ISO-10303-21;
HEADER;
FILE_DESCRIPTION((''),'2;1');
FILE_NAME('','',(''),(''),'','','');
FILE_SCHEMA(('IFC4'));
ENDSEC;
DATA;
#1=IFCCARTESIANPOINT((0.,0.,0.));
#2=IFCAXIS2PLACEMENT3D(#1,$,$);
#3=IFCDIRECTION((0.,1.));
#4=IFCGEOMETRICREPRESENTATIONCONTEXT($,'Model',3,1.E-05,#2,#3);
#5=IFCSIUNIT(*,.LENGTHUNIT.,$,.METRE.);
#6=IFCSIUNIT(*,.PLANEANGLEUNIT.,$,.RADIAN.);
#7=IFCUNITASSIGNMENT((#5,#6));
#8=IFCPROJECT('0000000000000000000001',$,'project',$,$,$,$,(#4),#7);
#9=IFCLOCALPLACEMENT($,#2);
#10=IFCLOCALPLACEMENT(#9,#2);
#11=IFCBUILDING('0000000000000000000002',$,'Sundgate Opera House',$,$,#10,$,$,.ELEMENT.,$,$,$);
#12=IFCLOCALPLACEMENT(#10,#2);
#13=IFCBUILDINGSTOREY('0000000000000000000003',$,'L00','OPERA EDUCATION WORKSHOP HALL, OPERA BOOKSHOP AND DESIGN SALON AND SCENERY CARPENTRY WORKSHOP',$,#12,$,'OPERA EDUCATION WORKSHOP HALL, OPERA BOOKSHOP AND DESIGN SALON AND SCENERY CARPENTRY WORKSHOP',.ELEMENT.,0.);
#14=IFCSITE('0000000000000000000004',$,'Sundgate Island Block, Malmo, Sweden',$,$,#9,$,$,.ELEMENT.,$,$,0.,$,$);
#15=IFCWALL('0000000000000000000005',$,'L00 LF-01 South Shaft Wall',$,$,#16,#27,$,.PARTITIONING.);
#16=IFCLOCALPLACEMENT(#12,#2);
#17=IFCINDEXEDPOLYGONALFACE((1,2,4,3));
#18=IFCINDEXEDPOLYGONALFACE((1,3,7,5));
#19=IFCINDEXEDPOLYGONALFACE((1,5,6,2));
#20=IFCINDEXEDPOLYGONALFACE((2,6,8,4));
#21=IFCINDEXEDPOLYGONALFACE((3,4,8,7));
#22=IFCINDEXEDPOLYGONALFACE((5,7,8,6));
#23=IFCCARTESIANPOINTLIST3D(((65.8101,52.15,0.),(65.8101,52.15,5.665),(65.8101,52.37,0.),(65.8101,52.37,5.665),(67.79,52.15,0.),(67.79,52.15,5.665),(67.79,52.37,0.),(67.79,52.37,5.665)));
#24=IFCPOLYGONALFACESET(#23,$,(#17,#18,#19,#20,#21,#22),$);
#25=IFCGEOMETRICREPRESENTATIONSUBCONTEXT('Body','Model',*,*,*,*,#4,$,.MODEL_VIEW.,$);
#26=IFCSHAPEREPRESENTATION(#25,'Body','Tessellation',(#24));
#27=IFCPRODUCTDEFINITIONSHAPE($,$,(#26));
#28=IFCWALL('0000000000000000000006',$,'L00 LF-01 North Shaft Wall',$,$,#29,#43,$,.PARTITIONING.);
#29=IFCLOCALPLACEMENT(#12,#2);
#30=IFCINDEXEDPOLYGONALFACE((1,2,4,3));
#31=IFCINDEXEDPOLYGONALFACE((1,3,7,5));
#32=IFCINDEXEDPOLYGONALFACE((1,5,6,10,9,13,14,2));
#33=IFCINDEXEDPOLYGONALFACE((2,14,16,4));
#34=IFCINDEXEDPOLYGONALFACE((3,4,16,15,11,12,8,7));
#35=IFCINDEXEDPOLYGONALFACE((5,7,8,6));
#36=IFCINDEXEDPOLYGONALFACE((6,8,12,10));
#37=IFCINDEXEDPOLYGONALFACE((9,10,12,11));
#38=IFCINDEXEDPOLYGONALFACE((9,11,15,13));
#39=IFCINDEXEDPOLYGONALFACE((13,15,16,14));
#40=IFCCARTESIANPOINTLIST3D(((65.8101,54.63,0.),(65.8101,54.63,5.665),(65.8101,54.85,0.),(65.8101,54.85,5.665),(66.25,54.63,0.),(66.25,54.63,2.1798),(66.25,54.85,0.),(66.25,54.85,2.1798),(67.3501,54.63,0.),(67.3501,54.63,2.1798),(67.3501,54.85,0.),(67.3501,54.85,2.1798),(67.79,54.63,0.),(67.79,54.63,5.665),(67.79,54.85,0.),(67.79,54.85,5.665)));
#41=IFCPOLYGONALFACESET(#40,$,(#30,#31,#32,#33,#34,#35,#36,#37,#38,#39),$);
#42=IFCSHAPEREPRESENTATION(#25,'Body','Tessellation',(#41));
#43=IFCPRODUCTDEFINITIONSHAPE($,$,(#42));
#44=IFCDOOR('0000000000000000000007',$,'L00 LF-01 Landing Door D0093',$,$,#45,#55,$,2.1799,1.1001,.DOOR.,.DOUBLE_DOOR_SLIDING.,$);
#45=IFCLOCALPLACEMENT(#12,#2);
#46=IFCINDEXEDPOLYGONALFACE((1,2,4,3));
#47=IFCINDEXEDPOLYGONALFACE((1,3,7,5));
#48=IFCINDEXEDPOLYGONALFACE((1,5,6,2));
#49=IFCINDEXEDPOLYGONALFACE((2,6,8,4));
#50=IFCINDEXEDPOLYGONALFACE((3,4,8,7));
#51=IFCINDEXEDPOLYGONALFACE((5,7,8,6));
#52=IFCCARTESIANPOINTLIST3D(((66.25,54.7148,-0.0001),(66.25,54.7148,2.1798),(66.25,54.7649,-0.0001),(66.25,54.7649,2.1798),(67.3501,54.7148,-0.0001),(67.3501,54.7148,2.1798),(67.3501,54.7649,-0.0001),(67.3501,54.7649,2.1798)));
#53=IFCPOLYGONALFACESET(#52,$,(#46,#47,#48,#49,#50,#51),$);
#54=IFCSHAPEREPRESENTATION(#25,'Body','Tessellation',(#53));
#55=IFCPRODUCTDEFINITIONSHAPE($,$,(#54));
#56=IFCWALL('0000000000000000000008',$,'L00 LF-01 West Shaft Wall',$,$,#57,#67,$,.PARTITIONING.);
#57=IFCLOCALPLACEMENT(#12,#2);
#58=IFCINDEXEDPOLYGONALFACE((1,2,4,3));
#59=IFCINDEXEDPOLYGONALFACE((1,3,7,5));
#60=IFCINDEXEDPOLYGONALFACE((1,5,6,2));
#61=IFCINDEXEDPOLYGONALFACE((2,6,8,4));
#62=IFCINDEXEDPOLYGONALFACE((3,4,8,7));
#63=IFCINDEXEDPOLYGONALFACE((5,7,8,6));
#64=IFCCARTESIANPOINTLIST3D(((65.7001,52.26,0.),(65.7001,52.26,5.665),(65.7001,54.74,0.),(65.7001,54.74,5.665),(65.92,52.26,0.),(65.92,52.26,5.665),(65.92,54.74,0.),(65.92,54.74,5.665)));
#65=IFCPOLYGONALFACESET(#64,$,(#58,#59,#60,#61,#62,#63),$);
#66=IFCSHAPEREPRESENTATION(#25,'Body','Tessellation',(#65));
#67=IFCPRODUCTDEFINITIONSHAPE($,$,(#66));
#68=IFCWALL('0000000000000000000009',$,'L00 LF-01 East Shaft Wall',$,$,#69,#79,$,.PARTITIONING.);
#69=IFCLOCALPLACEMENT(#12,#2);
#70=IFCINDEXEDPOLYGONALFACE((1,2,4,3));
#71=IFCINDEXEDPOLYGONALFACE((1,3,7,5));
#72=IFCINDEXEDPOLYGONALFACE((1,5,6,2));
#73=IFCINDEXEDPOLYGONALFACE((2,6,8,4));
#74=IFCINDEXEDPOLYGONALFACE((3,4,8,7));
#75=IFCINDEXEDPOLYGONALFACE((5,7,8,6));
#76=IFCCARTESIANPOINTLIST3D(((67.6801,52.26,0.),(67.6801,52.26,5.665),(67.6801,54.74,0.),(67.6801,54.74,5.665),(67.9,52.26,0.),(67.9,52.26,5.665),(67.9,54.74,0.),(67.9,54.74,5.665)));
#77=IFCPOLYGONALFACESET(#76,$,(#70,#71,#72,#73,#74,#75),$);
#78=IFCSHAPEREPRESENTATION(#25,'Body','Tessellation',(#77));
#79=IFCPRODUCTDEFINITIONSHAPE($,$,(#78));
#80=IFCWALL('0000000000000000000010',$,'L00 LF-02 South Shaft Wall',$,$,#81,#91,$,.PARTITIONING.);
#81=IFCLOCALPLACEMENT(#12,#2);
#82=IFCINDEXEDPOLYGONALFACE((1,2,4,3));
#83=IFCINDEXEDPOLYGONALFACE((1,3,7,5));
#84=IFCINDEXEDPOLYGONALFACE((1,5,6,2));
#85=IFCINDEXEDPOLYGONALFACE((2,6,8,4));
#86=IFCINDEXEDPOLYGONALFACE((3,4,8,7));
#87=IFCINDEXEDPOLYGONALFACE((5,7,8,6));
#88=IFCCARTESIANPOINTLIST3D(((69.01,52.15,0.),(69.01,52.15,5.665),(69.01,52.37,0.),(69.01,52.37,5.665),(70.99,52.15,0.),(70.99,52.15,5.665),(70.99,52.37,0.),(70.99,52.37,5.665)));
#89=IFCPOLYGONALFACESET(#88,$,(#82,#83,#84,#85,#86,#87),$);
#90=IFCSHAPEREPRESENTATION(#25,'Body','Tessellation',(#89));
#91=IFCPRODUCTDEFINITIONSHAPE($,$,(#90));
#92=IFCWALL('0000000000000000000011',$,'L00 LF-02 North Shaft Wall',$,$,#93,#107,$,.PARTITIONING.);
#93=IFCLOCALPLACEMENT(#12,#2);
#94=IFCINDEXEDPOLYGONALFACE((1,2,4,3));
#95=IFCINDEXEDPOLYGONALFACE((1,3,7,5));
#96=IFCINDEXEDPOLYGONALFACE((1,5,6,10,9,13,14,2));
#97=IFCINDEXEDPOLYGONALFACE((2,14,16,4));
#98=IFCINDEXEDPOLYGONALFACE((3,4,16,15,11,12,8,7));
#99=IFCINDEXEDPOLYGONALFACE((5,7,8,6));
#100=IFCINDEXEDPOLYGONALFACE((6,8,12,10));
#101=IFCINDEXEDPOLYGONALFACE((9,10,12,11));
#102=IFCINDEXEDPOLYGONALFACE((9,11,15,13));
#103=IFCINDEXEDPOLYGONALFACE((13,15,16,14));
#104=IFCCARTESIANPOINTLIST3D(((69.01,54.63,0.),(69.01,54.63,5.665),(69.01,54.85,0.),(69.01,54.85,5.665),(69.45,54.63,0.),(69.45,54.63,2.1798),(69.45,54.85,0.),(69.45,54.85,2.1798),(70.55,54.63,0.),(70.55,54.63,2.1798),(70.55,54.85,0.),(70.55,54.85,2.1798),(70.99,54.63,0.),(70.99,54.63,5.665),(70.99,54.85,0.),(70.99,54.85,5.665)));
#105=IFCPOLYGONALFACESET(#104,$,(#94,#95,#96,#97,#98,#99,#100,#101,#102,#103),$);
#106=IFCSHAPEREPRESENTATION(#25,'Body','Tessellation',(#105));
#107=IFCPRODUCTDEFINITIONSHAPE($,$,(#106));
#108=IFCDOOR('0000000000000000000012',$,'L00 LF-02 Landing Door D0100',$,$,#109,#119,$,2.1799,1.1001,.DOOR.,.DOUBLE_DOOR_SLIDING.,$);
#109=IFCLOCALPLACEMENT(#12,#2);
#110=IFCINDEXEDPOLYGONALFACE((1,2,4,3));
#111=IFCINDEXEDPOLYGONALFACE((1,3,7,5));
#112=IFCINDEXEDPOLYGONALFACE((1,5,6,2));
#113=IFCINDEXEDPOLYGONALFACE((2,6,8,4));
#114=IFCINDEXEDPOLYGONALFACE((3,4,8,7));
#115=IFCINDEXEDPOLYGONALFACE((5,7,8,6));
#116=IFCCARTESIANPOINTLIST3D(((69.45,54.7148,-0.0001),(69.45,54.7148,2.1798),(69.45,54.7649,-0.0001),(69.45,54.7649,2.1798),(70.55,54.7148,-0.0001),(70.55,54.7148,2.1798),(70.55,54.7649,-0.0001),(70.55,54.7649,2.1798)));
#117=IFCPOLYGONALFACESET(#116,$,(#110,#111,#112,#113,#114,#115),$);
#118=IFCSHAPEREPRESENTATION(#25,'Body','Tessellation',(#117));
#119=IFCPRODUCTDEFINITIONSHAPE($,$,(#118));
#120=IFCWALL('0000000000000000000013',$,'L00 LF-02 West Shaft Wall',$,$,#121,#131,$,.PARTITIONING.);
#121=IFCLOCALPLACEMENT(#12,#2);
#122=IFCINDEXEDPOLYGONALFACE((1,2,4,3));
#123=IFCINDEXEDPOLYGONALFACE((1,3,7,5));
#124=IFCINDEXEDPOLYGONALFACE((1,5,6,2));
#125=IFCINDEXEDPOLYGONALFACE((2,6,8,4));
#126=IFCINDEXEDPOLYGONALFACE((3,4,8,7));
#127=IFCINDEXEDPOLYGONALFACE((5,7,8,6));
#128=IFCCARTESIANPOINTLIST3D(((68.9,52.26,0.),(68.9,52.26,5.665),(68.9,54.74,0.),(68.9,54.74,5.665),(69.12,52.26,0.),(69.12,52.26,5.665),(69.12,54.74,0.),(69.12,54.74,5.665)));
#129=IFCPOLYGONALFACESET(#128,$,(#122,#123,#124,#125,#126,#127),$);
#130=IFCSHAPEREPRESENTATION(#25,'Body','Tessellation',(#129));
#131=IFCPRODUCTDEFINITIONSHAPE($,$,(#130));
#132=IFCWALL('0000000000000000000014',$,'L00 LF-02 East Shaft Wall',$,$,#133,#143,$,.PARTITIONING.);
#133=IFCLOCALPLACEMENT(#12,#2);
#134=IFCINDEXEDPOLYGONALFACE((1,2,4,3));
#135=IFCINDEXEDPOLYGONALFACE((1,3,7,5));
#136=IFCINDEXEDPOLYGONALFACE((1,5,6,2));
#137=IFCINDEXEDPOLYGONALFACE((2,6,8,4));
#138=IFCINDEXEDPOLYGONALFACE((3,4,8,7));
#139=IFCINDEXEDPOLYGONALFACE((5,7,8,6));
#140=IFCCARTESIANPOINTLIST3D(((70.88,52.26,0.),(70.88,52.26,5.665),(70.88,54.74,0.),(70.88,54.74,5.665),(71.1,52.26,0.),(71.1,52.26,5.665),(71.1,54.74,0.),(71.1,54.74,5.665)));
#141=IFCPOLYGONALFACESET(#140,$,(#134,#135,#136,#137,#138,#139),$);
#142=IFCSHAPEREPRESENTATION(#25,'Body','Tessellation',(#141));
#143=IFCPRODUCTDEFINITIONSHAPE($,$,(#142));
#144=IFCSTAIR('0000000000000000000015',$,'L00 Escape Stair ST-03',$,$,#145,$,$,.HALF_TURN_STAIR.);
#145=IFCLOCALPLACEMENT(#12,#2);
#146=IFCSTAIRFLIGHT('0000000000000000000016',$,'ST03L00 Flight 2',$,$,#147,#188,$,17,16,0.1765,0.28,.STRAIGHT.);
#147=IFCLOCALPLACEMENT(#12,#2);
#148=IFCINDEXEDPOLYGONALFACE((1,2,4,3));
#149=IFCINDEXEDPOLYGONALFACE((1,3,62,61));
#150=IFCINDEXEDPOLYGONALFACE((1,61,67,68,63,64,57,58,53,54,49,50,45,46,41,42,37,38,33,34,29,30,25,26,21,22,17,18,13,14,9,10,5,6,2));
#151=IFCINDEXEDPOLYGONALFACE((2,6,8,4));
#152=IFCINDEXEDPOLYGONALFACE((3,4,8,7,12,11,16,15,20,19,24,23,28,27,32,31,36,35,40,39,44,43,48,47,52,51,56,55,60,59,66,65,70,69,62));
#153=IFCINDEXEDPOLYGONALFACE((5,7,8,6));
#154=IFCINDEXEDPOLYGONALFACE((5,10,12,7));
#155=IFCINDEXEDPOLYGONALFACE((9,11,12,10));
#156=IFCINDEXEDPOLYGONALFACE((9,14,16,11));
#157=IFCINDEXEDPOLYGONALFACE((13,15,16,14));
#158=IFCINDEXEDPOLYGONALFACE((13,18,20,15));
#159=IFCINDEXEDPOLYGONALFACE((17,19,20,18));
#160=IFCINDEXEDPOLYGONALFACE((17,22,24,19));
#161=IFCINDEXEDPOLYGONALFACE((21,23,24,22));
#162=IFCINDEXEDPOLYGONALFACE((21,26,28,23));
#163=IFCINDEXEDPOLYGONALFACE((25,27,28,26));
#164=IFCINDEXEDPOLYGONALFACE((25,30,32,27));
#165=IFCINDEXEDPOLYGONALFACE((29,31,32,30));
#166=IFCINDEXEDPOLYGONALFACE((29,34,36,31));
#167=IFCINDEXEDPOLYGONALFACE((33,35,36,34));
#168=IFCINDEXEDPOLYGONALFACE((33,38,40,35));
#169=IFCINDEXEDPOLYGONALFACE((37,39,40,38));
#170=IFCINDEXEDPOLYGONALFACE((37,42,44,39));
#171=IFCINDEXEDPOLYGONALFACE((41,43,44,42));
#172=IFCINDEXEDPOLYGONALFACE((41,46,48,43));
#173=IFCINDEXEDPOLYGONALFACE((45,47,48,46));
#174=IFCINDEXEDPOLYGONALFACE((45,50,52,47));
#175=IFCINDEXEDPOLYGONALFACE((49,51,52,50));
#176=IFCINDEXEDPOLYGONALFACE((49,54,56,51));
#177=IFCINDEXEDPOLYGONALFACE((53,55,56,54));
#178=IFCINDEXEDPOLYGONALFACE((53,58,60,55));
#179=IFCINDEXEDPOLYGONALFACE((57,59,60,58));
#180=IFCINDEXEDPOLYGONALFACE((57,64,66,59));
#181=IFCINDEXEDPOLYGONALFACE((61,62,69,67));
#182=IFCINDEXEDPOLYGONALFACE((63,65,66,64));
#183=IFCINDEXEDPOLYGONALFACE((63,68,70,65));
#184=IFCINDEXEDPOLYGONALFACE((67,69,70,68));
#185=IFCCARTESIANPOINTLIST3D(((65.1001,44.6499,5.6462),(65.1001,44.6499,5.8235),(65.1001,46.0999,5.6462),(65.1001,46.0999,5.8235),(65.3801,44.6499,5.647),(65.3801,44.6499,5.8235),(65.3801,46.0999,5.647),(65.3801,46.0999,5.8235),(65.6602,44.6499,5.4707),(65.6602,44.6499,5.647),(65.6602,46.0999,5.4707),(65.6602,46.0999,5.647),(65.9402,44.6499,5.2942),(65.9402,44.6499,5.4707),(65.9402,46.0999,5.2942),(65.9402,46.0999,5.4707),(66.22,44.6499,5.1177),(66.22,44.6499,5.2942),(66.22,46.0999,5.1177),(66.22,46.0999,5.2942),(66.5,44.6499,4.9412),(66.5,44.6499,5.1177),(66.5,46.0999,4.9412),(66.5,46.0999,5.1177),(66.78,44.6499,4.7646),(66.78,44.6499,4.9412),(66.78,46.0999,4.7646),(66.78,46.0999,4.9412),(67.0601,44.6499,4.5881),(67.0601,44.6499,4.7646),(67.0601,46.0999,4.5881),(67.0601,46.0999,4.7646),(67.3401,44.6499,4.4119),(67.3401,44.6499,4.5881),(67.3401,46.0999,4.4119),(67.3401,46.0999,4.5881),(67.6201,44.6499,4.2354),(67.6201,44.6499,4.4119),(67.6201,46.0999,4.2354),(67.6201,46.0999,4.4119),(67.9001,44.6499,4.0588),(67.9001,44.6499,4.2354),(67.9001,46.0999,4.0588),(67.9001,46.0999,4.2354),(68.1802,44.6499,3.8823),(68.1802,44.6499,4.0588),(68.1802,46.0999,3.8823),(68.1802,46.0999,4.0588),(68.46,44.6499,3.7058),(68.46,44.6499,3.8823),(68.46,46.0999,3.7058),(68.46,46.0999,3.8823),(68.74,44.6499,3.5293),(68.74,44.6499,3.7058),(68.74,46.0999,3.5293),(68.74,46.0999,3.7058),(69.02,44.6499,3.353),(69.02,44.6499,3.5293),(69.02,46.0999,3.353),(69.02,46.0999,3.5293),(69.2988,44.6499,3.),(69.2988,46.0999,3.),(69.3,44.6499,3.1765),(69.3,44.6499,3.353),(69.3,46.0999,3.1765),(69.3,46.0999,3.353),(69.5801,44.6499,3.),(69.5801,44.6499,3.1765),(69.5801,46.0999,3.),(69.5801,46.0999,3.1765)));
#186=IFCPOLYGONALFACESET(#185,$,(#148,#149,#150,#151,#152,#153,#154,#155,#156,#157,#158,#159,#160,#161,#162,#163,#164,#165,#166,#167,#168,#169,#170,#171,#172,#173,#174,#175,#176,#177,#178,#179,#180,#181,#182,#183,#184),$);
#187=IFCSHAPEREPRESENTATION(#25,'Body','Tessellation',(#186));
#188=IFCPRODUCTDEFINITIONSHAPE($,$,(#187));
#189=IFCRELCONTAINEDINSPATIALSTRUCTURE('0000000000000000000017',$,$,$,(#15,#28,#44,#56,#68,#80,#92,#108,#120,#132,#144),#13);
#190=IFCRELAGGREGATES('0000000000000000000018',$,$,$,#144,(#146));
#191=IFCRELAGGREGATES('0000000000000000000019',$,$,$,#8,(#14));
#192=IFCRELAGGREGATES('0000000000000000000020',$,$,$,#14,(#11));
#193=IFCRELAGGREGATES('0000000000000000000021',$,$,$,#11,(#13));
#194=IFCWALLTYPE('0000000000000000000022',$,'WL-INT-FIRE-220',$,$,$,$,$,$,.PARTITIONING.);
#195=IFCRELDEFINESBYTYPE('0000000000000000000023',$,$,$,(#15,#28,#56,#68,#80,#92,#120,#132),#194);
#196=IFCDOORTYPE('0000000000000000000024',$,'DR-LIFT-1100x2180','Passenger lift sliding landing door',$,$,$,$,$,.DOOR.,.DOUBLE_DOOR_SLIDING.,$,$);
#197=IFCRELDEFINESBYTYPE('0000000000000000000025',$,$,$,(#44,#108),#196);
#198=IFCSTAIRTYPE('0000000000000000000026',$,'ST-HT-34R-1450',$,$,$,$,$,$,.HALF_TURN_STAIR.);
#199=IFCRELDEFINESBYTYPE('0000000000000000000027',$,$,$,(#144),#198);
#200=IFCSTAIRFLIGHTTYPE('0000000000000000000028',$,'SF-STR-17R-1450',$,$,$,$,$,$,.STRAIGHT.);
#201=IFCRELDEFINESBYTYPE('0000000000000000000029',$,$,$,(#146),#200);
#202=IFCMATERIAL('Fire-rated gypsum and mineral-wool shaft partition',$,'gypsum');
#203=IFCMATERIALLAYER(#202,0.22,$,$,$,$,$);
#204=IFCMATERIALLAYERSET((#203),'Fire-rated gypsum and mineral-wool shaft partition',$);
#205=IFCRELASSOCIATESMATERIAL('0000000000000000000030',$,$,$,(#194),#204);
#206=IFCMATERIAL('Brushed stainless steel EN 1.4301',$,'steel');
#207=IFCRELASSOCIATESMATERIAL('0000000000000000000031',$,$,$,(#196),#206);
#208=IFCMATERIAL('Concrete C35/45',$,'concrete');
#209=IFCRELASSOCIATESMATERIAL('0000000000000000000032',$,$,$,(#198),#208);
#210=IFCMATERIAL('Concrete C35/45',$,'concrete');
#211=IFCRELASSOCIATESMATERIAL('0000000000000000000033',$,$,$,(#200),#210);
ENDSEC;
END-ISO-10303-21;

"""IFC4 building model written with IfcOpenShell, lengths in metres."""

from ifc_helpers import new_model, si_unit, direction, frame, frame_2d, origin, place, context, subcontext, project, spatial, polyline, rectangle, outline, extrude, material, layer, layer_set, type_object, element, fill, aggregate, save


model = new_model("IFC4")

# Units and contexts
model_context = context("Model", 3, precision=1e-05, world=origin(), true_north=direction((0.0, 1.0)))
body_context = subcontext(model_context, "Body", "Model", "MODEL_VIEW")
ifc_project = project(units=[si_unit("LENGTHUNIT", "METRE"), si_unit("PLANEANGLEUNIT", "RADIAN")], contexts=[model_context])

# Site, building, storey
site_placement = place(None, origin())
site = spatial("IfcSite", under=ifc_project, at=site_placement, Name="Sundgate Island Block, Malmo, Sweden", CompositionType="ELEMENT", RefElevation=0.0)
building_placement = place(site_placement, origin())
building = spatial("IfcBuilding", under=site, at=building_placement, Name="Sundgate Opera House", CompositionType="ELEMENT")
storey_placement = place(building_placement, origin())
storey = spatial("IfcBuildingStorey", under=building, at=storey_placement, Name="L00", Description="OPERA EDUCATION WORKSHOP HALL, OPERA BOOKSHOP AND DESIGN SALON AND SCENERY CARPENTRY WORKSHOP", LongName="OPERA EDUCATION WORKSHOP HALL, OPERA BOOKSHOP AND DESIGN SALON AND SCENERY CARPENTRY WORKSHOP", CompositionType="ELEMENT", Elevation=0.0)

# Wall
ifc_material_1 = material(Name="Fire-rated gypsum and mineral-wool shaft partition", Category="gypsum")
ifc_layer_1 = layer(ifc_material_1, 0.22)
ifc_layer_set_1 = layer_set([ifc_layer_1], Name="Fire-rated gypsum and mineral-wool shaft partition")
wall_type = type_object("IfcWallType", Name="WL-INT-FIRE-220", PredefinedType="PARTITIONING", material=ifc_layer_set_1)
wall_1_placement = place(storey_placement, frame((65.8101, 52.26, 0.0), z_axis=(0.0, 0.0, 1.0), x_axis=(1.0, 0.0, 0.0)))
element("IfcWall", 1, at=wall_1_placement, inside=storey, type_object=wall_type, Name="L00 LF-01 South Shaft Wall", PredefinedType="PARTITIONING", context=body_context, shape_type="SweptSolid", body=[
    extrude(rectangle(XDim=1.98, YDim=0.22, at=frame_2d((0.99, 0.0))), origin(), (0.0, 0.0, 1.0), 5.665),
])

# Wall, opening, door
wall_2_placement = place(storey_placement, frame((65.8101, 54.74, 0.0), z_axis=(0.0, 0.0, 1.0), x_axis=(1.0, 0.0, 0.0)))
wall_2 = element("IfcWall", 2, at=wall_2_placement, inside=storey, type_object=wall_type, Name="L00 LF-01 North Shaft Wall", PredefinedType="PARTITIONING", context=body_context, shape_type="SweptSolid", body=[
    extrude(rectangle(XDim=1.98, YDim=0.22, at=frame_2d((0.99, 0.0))), origin(), (0.0, 0.0, 1.0), 5.665),
])
opening_1_placement = place(wall_2_placement, frame((0.4399, 0.0, 0.0)))
opening_1 = element("IfcOpeningElement", 3, at=opening_1_placement, cuts=wall_2, PredefinedType="OPENING", context=body_context, shape_type="SweptSolid", body=[
    extrude(rectangle(XDim=1.1001, YDim=2.1799, at=frame_2d((0.55, 1.0898))), frame((0.0, 0.1199, 0.0), z_axis=(0.0, -1.0, 0.0), x_axis=(1.0, 0.0, 0.0)), (0.0, 0.0, 1.0), 0.24),
])
ifc_material_2 = material(Name="Brushed stainless steel EN 1.4301", Category="steel")
door_type = type_object("IfcDoorType", Name="DR-LIFT-1100x2180", Description="Passenger lift sliding landing door", OperationType="DOUBLE_DOOR_SLIDING", PredefinedType="DOOR", material=ifc_material_2)
door_1_placement = place(opening_1_placement, origin())
door_1 = element("IfcDoor", 4, at=door_1_placement, inside=storey, type_object=door_type, Name="L00 LF-01 Landing Door D0093", OperationType="DOUBLE_DOOR_SLIDING", OverallHeight=2.1799, OverallWidth=1.1001, PredefinedType="DOOR", context=body_context, shape_type="SweptSolid", body=[
    extrude(rectangle(XDim=1.1001, YDim=2.1799, at=frame_2d((0.55, 1.0898))), frame((0.0, 0.0249, 0.0), z_axis=(0.0, -1.0, 0.0), x_axis=(1.0, 0.0, 0.0)), (0.0, 0.0, 1.0), 0.05),
])
fill(opening_1, door_1)

# Walls
for number, where, z_axis, x_axis, name in (
    (5, (65.8101, 52.26, 0.0), (0.0, 0.0, 1.0), (0.0, 1.0, 0.0), "L00 LF-01 West Shaft Wall"),
    (6, (67.79, 52.26, 0.0), (0.0, 0.0, 1.0), (0.0, 1.0, 0.0), "L00 LF-01 East Shaft Wall"),
):
    element("IfcWall", number, at=place(storey_placement, frame(where, z_axis=z_axis, x_axis=x_axis)), inside=storey, type_object=wall_type, Name=name, PredefinedType="PARTITIONING", context=body_context, shape_type="SweptSolid", body=[
        extrude(rectangle(XDim=2.48, YDim=0.22, at=frame_2d((1.24, 0.0))), origin(), (0.0, 0.0, 1.0), 5.665),
    ])
wall_3_placement = place(storey_placement, frame((69.01, 52.26, 0.0), z_axis=(0.0, 0.0, 1.0), x_axis=(1.0, 0.0, 0.0)))
element("IfcWall", 7, at=wall_3_placement, inside=storey, type_object=wall_type, Name="L00 LF-02 South Shaft Wall", PredefinedType="PARTITIONING", context=body_context, shape_type="SweptSolid", body=[
    extrude(rectangle(XDim=1.98, YDim=0.22, at=frame_2d((0.99, 0.0))), origin(), (0.0, 0.0, 1.0), 5.665),
])

# Wall, opening, door
wall_4_placement = place(storey_placement, frame((69.01, 54.74, 0.0), z_axis=(0.0, 0.0, 1.0), x_axis=(1.0, 0.0, 0.0)))
wall_4 = element("IfcWall", 8, at=wall_4_placement, inside=storey, type_object=wall_type, Name="L00 LF-02 North Shaft Wall", PredefinedType="PARTITIONING", context=body_context, shape_type="SweptSolid", body=[
    extrude(rectangle(XDim=1.98, YDim=0.22, at=frame_2d((0.99, 0.0))), origin(), (0.0, 0.0, 1.0), 5.665),
])
opening_2_placement = place(wall_4_placement, frame((0.4399, 0.0, 0.0)))
opening_2 = element("IfcOpeningElement", 9, at=opening_2_placement, cuts=wall_4, PredefinedType="OPENING", context=body_context, shape_type="SweptSolid", body=[
    extrude(rectangle(XDim=1.1001, YDim=2.1799, at=frame_2d((0.55, 1.0898))), frame((0.0, 0.1199, 0.0), z_axis=(0.0, -1.0, 0.0), x_axis=(1.0, 0.0, 0.0)), (0.0, 0.0, 1.0), 0.24),
])
door_2_placement = place(opening_2_placement, origin())
door_2 = element("IfcDoor", 10, at=door_2_placement, inside=storey, type_object=door_type, Name="L00 LF-02 Landing Door D0100", OperationType="DOUBLE_DOOR_SLIDING", OverallHeight=2.1799, OverallWidth=1.1001, PredefinedType="DOOR", context=body_context, shape_type="SweptSolid", body=[
    extrude(rectangle(XDim=1.1001, YDim=2.1799, at=frame_2d((0.55, 1.0898))), frame((0.0, 0.0249, 0.0), z_axis=(0.0, -1.0, 0.0), x_axis=(1.0, 0.0, 0.0)), (0.0, 0.0, 1.0), 0.05),
])
fill(opening_2, door_2)

# Walls
for number, where, z_axis, x_axis, name in (
    (11, (69.01, 52.26, 0.0), (0.0, 0.0, 1.0), (0.0, 1.0, 0.0), "L00 LF-02 West Shaft Wall"),
    (12, (70.99, 52.26, 0.0), (0.0, 0.0, 1.0), (0.0, 1.0, 0.0), "L00 LF-02 East Shaft Wall"),
):
    element("IfcWall", number, at=place(storey_placement, frame(where, z_axis=z_axis, x_axis=x_axis)), inside=storey, type_object=wall_type, Name=name, PredefinedType="PARTITIONING", context=body_context, shape_type="SweptSolid", body=[
        extrude(rectangle(XDim=2.48, YDim=0.22, at=frame_2d((1.24, 0.0))), origin(), (0.0, 0.0, 1.0), 5.665),
    ])

# Stair, stair flight
ifc_material_3 = material(Name="Concrete C35/45", Category="concrete")
stair_type = type_object("IfcStairType", Name="ST-HT-34R-1450", PredefinedType="HALF_TURN_STAIR", material=ifc_material_3)
stair_placement = place(storey_placement, origin())
stair = element("IfcStair", 13, at=stair_placement, inside=storey, type_object=stair_type, Name="L00 Escape Stair ST-03", PredefinedType="HALF_TURN_STAIR")
ifc_material_4 = material(Name="Concrete C35/45", Category="concrete")
stair_flight_type = type_object("IfcStairFlightType", Name="SF-STR-17R-1450", PredefinedType="STRAIGHT", material=ifc_material_4)
stair_flight_placement = place(storey_placement, frame((69.5801, 45.375, 3.0), z_axis=(0.0, 0.0, 1.0), x_axis=(-1.0, 0.0, 0.0)))
stair_flight = element("IfcStairFlight", 14, at=stair_flight_placement, type_object=stair_flight_type, Name="ST03L00 Flight 2", NumberOfRisers=17, NumberOfTreads=16, PredefinedType="STRAIGHT", RiserHeight=0.1765, TreadLength=0.28, context=body_context, shape_type="SweptSolid", body=[
    extrude(outline(polyline([(0.0, 0.0), (0.0, 0.1765), (0.28, 0.1765), (0.28, 0.353), (0.5601, 0.353), (0.5601, 0.5293), (0.8401, 0.5293), (0.8401, 0.7058), (1.1201, 0.7058), (1.1201, 0.8823), (1.3999, 0.8823), (1.3999, 1.0588), (1.6799, 1.0588), (1.6799, 1.2354), (1.96, 1.2354), (1.96, 1.4119), (2.24, 1.4119), (2.24, 1.5881), (2.52, 1.5881), (2.52, 1.7646), (2.8, 1.7646), (2.8, 1.9412), (3.0801, 1.9412), (3.0801, 2.1177), (3.3601, 2.1177), (3.3601, 2.2942), (3.6399, 2.2942), (3.6399, 2.4707), (3.9199, 2.4707), (3.9199, 2.647), (4.2, 2.647), (4.2, 2.8235), (4.48, 2.8235), (4.48, 3.0), (4.48, 2.6462), (0.2812, 0.0), (0.0, 0.0)])), frame((0.0, 0.7251, 0.0), z_axis=(0.0, -1.0, 0.0), x_axis=(1.0, 0.0, 0.0)), (0.0, 0.0, 1.0), 1.45),
])
aggregate(stair, [stair_flight])

save(model, "model.ifc")
